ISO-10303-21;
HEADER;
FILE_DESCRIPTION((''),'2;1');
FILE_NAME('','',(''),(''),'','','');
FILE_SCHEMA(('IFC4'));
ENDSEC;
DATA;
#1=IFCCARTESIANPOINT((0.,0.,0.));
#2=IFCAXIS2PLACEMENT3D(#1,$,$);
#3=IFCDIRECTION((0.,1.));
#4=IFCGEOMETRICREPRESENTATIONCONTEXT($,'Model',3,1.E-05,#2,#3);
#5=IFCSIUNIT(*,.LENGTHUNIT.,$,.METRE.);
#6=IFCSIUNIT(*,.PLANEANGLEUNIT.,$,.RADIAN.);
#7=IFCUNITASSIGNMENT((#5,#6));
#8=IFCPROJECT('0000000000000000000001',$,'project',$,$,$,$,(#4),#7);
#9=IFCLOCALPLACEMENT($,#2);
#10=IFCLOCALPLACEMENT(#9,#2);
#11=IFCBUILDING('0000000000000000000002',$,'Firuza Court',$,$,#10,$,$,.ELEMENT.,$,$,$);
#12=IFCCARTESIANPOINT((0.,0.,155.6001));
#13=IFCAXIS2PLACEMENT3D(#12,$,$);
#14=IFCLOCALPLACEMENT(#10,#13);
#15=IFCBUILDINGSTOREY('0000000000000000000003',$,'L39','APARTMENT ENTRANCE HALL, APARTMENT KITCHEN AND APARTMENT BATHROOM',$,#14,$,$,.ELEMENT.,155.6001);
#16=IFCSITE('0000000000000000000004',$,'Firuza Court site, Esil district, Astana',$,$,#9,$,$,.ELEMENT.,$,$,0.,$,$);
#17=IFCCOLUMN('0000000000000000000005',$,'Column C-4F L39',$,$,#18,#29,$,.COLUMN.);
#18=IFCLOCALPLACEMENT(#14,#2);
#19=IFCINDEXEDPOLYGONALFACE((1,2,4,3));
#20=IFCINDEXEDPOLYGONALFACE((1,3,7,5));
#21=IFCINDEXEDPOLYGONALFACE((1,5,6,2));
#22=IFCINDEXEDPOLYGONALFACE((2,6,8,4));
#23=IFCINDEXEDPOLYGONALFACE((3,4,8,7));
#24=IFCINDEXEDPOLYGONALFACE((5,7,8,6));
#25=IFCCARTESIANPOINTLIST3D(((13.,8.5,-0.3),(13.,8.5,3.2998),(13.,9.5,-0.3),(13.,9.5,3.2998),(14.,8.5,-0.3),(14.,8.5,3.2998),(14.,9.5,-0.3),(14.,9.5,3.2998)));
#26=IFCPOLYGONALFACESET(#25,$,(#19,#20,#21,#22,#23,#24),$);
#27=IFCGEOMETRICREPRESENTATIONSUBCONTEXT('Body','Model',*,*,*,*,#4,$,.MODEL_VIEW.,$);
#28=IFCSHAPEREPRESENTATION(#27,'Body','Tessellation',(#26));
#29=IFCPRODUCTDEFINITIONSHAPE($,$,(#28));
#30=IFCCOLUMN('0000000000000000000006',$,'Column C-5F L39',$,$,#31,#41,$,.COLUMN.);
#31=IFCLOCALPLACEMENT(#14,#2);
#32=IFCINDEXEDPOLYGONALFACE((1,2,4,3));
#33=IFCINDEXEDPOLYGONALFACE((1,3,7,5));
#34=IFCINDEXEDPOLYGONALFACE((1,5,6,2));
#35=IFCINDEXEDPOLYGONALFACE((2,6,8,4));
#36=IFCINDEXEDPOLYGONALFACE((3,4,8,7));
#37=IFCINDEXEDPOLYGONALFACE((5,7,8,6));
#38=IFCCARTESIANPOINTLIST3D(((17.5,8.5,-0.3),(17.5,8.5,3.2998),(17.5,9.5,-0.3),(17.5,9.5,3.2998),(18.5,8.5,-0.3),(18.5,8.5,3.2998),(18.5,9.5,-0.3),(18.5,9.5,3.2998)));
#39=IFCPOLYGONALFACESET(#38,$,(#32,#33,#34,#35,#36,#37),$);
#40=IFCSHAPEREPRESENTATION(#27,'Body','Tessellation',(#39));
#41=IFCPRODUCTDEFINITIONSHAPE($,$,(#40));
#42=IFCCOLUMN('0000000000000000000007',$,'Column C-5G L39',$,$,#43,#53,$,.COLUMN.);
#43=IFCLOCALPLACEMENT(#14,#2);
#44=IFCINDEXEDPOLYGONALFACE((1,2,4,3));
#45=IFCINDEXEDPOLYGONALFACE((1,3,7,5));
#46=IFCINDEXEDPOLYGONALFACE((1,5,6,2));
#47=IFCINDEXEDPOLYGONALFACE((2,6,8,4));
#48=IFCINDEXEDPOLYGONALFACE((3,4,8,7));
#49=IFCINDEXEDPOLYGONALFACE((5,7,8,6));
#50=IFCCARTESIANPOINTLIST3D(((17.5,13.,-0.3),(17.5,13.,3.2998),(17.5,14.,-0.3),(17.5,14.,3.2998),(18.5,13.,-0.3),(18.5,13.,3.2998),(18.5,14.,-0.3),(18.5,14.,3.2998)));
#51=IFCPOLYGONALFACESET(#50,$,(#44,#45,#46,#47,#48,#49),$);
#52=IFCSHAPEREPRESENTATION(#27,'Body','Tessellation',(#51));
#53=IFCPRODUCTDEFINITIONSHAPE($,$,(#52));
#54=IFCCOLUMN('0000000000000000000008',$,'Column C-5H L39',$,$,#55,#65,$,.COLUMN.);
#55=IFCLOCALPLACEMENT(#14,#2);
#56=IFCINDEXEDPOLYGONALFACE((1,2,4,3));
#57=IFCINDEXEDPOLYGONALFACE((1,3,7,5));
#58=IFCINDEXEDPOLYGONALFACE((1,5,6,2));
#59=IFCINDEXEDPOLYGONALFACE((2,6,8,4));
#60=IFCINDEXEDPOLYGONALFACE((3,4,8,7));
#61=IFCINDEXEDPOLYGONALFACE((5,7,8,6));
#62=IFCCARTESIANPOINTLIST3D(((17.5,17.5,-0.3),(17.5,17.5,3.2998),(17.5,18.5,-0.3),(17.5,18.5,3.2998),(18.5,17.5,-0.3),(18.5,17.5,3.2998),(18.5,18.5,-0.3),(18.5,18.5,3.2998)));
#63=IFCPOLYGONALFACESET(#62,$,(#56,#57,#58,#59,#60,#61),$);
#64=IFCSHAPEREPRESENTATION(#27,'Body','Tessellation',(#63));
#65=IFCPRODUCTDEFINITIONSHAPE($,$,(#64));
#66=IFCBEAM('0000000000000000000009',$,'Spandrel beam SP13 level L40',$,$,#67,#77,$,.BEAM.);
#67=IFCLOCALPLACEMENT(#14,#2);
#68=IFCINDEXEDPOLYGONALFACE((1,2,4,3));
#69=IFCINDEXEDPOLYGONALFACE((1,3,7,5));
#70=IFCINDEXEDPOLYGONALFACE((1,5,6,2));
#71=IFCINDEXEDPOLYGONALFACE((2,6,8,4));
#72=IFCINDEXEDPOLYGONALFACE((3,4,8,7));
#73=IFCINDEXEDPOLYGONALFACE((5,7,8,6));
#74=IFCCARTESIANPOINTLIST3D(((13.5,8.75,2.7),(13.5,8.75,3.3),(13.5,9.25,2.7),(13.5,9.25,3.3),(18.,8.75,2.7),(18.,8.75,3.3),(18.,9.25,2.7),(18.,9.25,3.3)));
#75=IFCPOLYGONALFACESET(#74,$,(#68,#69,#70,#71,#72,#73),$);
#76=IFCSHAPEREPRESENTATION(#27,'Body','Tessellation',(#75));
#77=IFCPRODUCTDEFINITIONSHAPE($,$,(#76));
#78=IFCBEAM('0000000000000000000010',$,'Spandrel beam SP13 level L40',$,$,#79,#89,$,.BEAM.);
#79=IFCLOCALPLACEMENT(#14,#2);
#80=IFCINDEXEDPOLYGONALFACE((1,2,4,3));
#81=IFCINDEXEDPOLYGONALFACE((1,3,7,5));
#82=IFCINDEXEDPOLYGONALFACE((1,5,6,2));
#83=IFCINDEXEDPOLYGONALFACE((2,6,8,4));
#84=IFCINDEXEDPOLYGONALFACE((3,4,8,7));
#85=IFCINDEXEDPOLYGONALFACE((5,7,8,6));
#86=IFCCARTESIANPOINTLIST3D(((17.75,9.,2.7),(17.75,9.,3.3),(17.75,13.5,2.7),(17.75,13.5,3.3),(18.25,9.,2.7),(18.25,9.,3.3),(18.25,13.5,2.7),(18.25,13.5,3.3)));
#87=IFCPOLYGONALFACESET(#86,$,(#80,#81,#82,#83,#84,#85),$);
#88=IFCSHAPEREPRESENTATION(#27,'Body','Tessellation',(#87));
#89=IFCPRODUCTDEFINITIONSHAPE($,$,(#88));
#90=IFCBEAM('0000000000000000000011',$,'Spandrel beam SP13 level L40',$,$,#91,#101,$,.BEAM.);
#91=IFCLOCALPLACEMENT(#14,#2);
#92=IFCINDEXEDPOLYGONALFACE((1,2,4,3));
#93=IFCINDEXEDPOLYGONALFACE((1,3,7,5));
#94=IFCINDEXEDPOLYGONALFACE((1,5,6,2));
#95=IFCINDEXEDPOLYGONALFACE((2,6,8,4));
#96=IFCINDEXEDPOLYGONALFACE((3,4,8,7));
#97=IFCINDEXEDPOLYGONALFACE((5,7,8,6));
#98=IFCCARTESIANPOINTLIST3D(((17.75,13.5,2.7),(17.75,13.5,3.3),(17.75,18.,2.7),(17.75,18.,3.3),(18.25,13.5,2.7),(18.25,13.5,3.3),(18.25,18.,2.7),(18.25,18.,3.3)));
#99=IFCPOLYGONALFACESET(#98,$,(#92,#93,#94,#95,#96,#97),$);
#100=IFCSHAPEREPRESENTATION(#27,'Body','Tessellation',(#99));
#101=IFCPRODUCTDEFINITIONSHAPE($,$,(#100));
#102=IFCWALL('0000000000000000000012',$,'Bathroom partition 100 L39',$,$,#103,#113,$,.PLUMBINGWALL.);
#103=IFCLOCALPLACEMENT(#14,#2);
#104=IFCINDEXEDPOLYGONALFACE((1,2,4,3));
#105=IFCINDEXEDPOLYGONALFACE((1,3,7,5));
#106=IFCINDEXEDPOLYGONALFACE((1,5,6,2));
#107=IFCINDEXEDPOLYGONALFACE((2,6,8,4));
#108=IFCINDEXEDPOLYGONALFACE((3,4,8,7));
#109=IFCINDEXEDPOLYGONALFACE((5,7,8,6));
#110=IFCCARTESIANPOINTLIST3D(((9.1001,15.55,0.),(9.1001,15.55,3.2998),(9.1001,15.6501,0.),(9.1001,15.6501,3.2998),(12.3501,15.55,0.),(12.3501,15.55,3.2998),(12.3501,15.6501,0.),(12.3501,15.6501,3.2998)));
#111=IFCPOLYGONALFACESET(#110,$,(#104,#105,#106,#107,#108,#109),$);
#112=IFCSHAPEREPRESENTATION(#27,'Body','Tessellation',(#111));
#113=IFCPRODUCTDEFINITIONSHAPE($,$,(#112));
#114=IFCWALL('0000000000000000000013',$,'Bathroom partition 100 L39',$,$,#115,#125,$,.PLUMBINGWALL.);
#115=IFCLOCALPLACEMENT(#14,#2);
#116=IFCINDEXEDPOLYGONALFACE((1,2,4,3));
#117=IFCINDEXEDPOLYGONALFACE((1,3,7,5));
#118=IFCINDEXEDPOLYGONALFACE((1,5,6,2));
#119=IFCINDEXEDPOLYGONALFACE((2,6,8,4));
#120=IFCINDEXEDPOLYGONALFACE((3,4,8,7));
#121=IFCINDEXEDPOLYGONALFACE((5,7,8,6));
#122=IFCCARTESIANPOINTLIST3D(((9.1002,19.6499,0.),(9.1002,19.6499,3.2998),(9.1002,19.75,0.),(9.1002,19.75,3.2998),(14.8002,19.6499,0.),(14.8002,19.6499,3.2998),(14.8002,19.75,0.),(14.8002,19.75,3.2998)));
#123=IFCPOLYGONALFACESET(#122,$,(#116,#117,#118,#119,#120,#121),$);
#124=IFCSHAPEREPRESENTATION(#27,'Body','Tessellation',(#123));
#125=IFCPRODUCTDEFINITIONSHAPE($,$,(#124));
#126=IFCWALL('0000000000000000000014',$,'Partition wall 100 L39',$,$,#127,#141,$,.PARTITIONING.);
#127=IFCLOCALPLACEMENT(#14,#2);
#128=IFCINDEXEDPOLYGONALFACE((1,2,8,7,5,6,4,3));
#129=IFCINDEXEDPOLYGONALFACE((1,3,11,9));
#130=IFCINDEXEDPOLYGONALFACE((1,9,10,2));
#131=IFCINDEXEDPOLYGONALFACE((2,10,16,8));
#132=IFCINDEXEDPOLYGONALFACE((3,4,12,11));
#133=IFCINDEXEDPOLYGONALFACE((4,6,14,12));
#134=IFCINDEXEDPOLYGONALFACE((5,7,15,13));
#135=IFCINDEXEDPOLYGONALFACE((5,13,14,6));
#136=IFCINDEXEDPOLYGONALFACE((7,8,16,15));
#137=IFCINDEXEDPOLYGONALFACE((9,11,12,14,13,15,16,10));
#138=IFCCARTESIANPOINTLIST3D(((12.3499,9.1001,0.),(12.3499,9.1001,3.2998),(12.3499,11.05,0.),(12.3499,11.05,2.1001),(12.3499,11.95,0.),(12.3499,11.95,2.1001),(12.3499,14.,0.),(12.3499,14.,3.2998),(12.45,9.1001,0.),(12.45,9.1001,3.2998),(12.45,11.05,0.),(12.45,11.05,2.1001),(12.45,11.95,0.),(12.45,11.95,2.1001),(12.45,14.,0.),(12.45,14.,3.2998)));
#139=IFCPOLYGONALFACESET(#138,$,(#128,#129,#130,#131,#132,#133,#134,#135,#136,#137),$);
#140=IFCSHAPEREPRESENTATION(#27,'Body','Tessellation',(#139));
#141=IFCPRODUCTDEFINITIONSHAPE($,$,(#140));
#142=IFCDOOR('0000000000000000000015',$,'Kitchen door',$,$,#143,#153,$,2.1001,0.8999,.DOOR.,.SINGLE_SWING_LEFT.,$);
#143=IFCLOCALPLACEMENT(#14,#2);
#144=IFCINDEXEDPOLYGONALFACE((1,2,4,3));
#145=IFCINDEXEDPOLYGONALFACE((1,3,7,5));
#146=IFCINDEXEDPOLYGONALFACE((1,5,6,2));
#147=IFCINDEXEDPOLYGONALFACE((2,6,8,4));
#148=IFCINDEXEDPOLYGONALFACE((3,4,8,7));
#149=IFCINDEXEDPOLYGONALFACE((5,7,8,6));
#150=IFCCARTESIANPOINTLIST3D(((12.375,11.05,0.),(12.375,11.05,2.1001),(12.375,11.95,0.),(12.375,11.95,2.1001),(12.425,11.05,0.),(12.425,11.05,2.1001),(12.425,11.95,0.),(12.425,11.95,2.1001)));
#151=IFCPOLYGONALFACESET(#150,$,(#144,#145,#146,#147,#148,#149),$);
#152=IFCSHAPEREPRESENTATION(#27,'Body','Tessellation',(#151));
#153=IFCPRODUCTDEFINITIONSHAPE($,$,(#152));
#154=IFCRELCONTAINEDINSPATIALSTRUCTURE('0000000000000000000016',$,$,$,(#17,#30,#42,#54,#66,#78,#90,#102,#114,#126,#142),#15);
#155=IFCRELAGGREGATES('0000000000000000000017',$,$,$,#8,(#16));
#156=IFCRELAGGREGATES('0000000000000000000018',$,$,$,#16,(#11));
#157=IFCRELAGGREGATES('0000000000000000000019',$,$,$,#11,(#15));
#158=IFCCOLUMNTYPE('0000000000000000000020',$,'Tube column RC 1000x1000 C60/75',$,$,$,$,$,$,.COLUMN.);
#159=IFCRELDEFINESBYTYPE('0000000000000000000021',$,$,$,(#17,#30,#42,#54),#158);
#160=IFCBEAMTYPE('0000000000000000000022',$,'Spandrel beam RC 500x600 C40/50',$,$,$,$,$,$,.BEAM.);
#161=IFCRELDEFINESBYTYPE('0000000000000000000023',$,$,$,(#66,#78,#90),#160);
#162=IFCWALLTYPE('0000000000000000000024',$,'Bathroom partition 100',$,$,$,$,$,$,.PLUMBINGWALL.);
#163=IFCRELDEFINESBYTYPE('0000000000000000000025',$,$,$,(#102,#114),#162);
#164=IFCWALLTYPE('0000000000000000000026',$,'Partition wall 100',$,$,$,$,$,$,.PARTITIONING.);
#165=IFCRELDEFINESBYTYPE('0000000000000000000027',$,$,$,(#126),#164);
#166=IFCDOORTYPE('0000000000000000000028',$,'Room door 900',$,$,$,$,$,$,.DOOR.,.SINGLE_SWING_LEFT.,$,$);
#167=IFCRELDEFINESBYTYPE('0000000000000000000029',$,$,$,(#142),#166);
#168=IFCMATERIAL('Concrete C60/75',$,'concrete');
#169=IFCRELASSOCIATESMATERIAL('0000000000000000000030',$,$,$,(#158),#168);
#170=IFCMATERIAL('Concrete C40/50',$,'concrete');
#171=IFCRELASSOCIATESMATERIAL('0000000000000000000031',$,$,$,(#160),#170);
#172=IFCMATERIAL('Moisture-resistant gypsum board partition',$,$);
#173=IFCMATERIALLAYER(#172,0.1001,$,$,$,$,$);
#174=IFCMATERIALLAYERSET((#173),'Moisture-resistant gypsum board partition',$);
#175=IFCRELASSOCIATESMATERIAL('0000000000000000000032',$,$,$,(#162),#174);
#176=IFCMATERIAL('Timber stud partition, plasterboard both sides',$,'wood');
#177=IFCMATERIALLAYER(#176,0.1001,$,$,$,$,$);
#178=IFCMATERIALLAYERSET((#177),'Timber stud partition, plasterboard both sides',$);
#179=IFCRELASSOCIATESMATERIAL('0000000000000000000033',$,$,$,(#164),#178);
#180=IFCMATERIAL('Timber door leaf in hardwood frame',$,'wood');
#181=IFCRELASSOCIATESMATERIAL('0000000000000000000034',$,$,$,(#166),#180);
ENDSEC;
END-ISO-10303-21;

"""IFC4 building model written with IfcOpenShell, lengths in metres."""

from ifc_helpers import new_model, si_unit, direction, frame, frame_2d, origin, origin_2d, place, context, subcontext, project, spatial, rectangle, extrude, material, layer, layer_set, material_profile, profile_set, type_object, element, fill, save


model = new_model("IFC4")

# Units and contexts
model_context = context("Model", 3, precision=1e-05, world=origin(), true_north=direction((0.0, 1.0)))
body_context = subcontext(model_context, "Body", "Model", "MODEL_VIEW")
ifc_project = project(units=[si_unit("LENGTHUNIT", "METRE"), si_unit("PLANEANGLEUNIT", "RADIAN")], contexts=[model_context])

# Site, building, storey
site_placement = place(None, origin())
site = spatial("IfcSite", under=ifc_project, at=site_placement, Name="Firuza Court site, Esil district, Astana", CompositionType="ELEMENT", RefElevation=0.0)
building_placement = place(site_placement, origin())
building = spatial("IfcBuilding", under=site, at=building_placement, Name="Firuza Court", CompositionType="ELEMENT")
storey_placement = place(building_placement, frame((0.0, 0.0, 155.6001)))
storey = spatial("IfcBuildingStorey", under=building, at=storey_placement, Name="L39", Description="APARTMENT ENTRANCE HALL, APARTMENT KITCHEN AND APARTMENT BATHROOM", CompositionType="ELEMENT", Elevation=155.6001)

# Columns
ifc_material_1 = material(Name="Concrete C60/75", Category="concrete")
ifc_material_profile_1 = material_profile(ifc_material_1, rectangle(XDim=1.0, YDim=1.0, at=origin_2d()), Name="RC 1000x1000")
ifc_profile_set_1 = profile_set([ifc_material_profile_1], Name="Concrete C60/75")
column_type = type_object("IfcColumnType", Name="Tube column RC 1000x1000 C60/75", PredefinedType="COLUMN", material=ifc_profile_set_1)
for number, where, z_axis, x_axis, name in (
    (1, (13.5, 9.0, -0.3), (0.0, 0.0, 1.0), (1.0, 0.0, 0.0), "Column C-4F L39"),
    (2, (18.0, 9.0, -0.3), (0.0, 0.0, 1.0), (1.0, 0.0, 0.0), "Column C-5F L39"),
    (3, (18.0, 13.5, -0.3), (0.0, 0.0, 1.0), (1.0, 0.0, 0.0), "Column C-5G L39"),
    (4, (18.0, 18.0, -0.3), (0.0, 0.0, 1.0), (1.0, 0.0, 0.0), "Column C-5H L39"),
):
    element("IfcColumn", number, at=place(storey_placement, frame(where, z_axis=z_axis, x_axis=x_axis)), inside=storey, type_object=column_type, Name=name, PredefinedType="COLUMN", context=body_context, shape_type="SweptSolid", body=[
        extrude(rectangle(XDim=1.0, YDim=1.0, at=origin_2d()), origin(), (0.0, 0.0, 1.0), 3.5999),
    ])

# Beams
ifc_material_2 = material(Name="Concrete C40/50", Category="concrete")
ifc_material_profile_2 = material_profile(ifc_material_2, rectangle(XDim=0.5, YDim=0.6001, at=origin_2d()), Name="RC 500x600")
ifc_profile_set_2 = profile_set([ifc_material_profile_2], Name="Concrete C40/50")
beam_type = type_object("IfcBeamType", Name="Spandrel beam RC 500x600 C40/50", PredefinedType="BEAM", material=ifc_profile_set_2)
for number, where, z_axis, x_axis, name in (
    (5, (13.5, 9.0, 3.0), (1.0, 0.0, 0.0), (0.0, 1.0, 0.0), "Spandrel beam SP13 level L40"),
    (6, (18.0, 9.0, 3.0), (0.0, 1.0, 0.0), (-1.0, 0.0, 0.0), "Spandrel beam SP13 level L40"),
    (7, (18.0, 13.5, 3.0), (0.0, 1.0, 0.0), (-1.0, 0.0, 0.0), "Spandrel beam SP13 level L40"),
):
    element("IfcBeam", number, at=place(storey_placement, frame(where, z_axis=z_axis, x_axis=x_axis)), inside=storey, type_object=beam_type, Name=name, PredefinedType="BEAM", context=body_context, shape_type="SweptSolid", body=[
        extrude(rectangle(XDim=0.5, YDim=0.6001, at=origin_2d()), origin(), (0.0, 0.0, 1.0), 4.5),
    ])

# Walls
ifc_material_3 = material(Name="Moisture-resistant gypsum board partition")
ifc_layer_1 = layer(ifc_material_3, 0.1001)
ifc_layer_set_1 = layer_set([ifc_layer_1], Name="Moisture-resistant gypsum board partition")
wall_type_1 = type_object("IfcWallType", Name="Bathroom partition 100", PredefinedType="PLUMBINGWALL", material=ifc_layer_set_1)
wall_1_placement = place(storey_placement, frame((9.1001, 15.6001, 0.0), z_axis=(0.0, 0.0, 1.0), x_axis=(1.0, 0.0, 0.0)))
element("IfcWall", 8, at=wall_1_placement, inside=storey, type_object=wall_type_1, Name="Bathroom partition 100 L39", PredefinedType="PLUMBINGWALL", context=body_context, shape_type="SweptSolid", body=[
    extrude(rectangle(XDim=3.25, YDim=0.1001, at=frame_2d((1.625, 0.0))), origin(), (0.0, 0.0, 1.0), 3.2998),
])
wall_2_placement = place(storey_placement, frame((9.1001, 19.7, 0.0), z_axis=(0.0, 0.0, 1.0), x_axis=(1.0, 0.0, 0.0)))
element("IfcWall", 9, at=wall_2_placement, inside=storey, type_object=wall_type_1, Name="Bathroom partition 100 L39", PredefinedType="PLUMBINGWALL", context=body_context, shape_type="SweptSolid", body=[
    extrude(rectangle(XDim=5.7, YDim=0.1001, at=frame_2d((2.8501, 0.0))), origin(), (0.0, 0.0, 1.0), 3.2998),
])

# Wall, opening, door
ifc_material_4 = material(Name="Timber stud partition, plasterboard both sides", Category="wood")
ifc_layer_2 = layer(ifc_material_4, 0.1001)
ifc_layer_set_2 = layer_set([ifc_layer_2], Name="Timber stud partition, plasterboard both sides")
wall_type_2 = type_object("IfcWallType", Name="Partition wall 100", PredefinedType="PARTITIONING", material=ifc_layer_set_2)
wall_3_placement = place(storey_placement, frame((12.3999, 9.1001, 0.0), z_axis=(0.0, 0.0, 1.0), x_axis=(0.0, 1.0, 0.0)))
wall_3 = element("IfcWall", 10, at=wall_3_placement, inside=storey, type_object=wall_type_2, Name="Partition wall 100 L39", PredefinedType="PARTITIONING", context=body_context, shape_type="SweptSolid", body=[
    extrude(rectangle(XDim=4.8999, YDim=0.1001, at=frame_2d((2.45, 0.0))), origin(), (0.0, 0.0, 1.0), 3.2998),
])
opening_1_placement = place(wall_3_placement, frame((1.95, 0.0, 0.0)))
opening_1 = element("IfcOpeningElement", 11, at=opening_1_placement, cuts=wall_3, PredefinedType="OPENING", context=body_context, shape_type="SweptSolid", body=[
    extrude(rectangle(XDim=0.8999, YDim=2.1001, at=frame_2d((0.45, 1.05))), frame((0.0, 0.062, 0.0), z_axis=(0.0, -1.0, 0.0), x_axis=(1.0, 0.0, 0.0)), (0.0, 0.0, 1.0), 0.124),
])
ifc_material_5 = material(Name="Timber door leaf in hardwood frame", Category="wood")
door_type_1 = type_object("IfcDoorType", Name="Room door 900", OperationType="SINGLE_SWING_LEFT", PredefinedType="DOOR", material=ifc_material_5)
door_1_placement = place(opening_1_placement, origin())
door_1 = element("IfcDoor", 12, at=door_1_placement, inside=storey, type_object=door_type_1, Name="Kitchen door", OperationType="SINGLE_SWING_LEFT", OverallHeight=2.1001, OverallWidth=0.8999, PredefinedType="DOOR", context=body_context, shape_type="SweptSolid", body=[
    extrude(rectangle(XDim=0.8999, YDim=2.1001, at=frame_2d((0.45, 1.05))), frame((0.0, 0.0249, 0.0), z_axis=(0.0, -1.0, 0.0), x_axis=(1.0, 0.0, 0.0)), (0.0, 0.0, 1.0), 0.05),
])
fill(opening_1, door_1)

save(model, "model.ifc")
